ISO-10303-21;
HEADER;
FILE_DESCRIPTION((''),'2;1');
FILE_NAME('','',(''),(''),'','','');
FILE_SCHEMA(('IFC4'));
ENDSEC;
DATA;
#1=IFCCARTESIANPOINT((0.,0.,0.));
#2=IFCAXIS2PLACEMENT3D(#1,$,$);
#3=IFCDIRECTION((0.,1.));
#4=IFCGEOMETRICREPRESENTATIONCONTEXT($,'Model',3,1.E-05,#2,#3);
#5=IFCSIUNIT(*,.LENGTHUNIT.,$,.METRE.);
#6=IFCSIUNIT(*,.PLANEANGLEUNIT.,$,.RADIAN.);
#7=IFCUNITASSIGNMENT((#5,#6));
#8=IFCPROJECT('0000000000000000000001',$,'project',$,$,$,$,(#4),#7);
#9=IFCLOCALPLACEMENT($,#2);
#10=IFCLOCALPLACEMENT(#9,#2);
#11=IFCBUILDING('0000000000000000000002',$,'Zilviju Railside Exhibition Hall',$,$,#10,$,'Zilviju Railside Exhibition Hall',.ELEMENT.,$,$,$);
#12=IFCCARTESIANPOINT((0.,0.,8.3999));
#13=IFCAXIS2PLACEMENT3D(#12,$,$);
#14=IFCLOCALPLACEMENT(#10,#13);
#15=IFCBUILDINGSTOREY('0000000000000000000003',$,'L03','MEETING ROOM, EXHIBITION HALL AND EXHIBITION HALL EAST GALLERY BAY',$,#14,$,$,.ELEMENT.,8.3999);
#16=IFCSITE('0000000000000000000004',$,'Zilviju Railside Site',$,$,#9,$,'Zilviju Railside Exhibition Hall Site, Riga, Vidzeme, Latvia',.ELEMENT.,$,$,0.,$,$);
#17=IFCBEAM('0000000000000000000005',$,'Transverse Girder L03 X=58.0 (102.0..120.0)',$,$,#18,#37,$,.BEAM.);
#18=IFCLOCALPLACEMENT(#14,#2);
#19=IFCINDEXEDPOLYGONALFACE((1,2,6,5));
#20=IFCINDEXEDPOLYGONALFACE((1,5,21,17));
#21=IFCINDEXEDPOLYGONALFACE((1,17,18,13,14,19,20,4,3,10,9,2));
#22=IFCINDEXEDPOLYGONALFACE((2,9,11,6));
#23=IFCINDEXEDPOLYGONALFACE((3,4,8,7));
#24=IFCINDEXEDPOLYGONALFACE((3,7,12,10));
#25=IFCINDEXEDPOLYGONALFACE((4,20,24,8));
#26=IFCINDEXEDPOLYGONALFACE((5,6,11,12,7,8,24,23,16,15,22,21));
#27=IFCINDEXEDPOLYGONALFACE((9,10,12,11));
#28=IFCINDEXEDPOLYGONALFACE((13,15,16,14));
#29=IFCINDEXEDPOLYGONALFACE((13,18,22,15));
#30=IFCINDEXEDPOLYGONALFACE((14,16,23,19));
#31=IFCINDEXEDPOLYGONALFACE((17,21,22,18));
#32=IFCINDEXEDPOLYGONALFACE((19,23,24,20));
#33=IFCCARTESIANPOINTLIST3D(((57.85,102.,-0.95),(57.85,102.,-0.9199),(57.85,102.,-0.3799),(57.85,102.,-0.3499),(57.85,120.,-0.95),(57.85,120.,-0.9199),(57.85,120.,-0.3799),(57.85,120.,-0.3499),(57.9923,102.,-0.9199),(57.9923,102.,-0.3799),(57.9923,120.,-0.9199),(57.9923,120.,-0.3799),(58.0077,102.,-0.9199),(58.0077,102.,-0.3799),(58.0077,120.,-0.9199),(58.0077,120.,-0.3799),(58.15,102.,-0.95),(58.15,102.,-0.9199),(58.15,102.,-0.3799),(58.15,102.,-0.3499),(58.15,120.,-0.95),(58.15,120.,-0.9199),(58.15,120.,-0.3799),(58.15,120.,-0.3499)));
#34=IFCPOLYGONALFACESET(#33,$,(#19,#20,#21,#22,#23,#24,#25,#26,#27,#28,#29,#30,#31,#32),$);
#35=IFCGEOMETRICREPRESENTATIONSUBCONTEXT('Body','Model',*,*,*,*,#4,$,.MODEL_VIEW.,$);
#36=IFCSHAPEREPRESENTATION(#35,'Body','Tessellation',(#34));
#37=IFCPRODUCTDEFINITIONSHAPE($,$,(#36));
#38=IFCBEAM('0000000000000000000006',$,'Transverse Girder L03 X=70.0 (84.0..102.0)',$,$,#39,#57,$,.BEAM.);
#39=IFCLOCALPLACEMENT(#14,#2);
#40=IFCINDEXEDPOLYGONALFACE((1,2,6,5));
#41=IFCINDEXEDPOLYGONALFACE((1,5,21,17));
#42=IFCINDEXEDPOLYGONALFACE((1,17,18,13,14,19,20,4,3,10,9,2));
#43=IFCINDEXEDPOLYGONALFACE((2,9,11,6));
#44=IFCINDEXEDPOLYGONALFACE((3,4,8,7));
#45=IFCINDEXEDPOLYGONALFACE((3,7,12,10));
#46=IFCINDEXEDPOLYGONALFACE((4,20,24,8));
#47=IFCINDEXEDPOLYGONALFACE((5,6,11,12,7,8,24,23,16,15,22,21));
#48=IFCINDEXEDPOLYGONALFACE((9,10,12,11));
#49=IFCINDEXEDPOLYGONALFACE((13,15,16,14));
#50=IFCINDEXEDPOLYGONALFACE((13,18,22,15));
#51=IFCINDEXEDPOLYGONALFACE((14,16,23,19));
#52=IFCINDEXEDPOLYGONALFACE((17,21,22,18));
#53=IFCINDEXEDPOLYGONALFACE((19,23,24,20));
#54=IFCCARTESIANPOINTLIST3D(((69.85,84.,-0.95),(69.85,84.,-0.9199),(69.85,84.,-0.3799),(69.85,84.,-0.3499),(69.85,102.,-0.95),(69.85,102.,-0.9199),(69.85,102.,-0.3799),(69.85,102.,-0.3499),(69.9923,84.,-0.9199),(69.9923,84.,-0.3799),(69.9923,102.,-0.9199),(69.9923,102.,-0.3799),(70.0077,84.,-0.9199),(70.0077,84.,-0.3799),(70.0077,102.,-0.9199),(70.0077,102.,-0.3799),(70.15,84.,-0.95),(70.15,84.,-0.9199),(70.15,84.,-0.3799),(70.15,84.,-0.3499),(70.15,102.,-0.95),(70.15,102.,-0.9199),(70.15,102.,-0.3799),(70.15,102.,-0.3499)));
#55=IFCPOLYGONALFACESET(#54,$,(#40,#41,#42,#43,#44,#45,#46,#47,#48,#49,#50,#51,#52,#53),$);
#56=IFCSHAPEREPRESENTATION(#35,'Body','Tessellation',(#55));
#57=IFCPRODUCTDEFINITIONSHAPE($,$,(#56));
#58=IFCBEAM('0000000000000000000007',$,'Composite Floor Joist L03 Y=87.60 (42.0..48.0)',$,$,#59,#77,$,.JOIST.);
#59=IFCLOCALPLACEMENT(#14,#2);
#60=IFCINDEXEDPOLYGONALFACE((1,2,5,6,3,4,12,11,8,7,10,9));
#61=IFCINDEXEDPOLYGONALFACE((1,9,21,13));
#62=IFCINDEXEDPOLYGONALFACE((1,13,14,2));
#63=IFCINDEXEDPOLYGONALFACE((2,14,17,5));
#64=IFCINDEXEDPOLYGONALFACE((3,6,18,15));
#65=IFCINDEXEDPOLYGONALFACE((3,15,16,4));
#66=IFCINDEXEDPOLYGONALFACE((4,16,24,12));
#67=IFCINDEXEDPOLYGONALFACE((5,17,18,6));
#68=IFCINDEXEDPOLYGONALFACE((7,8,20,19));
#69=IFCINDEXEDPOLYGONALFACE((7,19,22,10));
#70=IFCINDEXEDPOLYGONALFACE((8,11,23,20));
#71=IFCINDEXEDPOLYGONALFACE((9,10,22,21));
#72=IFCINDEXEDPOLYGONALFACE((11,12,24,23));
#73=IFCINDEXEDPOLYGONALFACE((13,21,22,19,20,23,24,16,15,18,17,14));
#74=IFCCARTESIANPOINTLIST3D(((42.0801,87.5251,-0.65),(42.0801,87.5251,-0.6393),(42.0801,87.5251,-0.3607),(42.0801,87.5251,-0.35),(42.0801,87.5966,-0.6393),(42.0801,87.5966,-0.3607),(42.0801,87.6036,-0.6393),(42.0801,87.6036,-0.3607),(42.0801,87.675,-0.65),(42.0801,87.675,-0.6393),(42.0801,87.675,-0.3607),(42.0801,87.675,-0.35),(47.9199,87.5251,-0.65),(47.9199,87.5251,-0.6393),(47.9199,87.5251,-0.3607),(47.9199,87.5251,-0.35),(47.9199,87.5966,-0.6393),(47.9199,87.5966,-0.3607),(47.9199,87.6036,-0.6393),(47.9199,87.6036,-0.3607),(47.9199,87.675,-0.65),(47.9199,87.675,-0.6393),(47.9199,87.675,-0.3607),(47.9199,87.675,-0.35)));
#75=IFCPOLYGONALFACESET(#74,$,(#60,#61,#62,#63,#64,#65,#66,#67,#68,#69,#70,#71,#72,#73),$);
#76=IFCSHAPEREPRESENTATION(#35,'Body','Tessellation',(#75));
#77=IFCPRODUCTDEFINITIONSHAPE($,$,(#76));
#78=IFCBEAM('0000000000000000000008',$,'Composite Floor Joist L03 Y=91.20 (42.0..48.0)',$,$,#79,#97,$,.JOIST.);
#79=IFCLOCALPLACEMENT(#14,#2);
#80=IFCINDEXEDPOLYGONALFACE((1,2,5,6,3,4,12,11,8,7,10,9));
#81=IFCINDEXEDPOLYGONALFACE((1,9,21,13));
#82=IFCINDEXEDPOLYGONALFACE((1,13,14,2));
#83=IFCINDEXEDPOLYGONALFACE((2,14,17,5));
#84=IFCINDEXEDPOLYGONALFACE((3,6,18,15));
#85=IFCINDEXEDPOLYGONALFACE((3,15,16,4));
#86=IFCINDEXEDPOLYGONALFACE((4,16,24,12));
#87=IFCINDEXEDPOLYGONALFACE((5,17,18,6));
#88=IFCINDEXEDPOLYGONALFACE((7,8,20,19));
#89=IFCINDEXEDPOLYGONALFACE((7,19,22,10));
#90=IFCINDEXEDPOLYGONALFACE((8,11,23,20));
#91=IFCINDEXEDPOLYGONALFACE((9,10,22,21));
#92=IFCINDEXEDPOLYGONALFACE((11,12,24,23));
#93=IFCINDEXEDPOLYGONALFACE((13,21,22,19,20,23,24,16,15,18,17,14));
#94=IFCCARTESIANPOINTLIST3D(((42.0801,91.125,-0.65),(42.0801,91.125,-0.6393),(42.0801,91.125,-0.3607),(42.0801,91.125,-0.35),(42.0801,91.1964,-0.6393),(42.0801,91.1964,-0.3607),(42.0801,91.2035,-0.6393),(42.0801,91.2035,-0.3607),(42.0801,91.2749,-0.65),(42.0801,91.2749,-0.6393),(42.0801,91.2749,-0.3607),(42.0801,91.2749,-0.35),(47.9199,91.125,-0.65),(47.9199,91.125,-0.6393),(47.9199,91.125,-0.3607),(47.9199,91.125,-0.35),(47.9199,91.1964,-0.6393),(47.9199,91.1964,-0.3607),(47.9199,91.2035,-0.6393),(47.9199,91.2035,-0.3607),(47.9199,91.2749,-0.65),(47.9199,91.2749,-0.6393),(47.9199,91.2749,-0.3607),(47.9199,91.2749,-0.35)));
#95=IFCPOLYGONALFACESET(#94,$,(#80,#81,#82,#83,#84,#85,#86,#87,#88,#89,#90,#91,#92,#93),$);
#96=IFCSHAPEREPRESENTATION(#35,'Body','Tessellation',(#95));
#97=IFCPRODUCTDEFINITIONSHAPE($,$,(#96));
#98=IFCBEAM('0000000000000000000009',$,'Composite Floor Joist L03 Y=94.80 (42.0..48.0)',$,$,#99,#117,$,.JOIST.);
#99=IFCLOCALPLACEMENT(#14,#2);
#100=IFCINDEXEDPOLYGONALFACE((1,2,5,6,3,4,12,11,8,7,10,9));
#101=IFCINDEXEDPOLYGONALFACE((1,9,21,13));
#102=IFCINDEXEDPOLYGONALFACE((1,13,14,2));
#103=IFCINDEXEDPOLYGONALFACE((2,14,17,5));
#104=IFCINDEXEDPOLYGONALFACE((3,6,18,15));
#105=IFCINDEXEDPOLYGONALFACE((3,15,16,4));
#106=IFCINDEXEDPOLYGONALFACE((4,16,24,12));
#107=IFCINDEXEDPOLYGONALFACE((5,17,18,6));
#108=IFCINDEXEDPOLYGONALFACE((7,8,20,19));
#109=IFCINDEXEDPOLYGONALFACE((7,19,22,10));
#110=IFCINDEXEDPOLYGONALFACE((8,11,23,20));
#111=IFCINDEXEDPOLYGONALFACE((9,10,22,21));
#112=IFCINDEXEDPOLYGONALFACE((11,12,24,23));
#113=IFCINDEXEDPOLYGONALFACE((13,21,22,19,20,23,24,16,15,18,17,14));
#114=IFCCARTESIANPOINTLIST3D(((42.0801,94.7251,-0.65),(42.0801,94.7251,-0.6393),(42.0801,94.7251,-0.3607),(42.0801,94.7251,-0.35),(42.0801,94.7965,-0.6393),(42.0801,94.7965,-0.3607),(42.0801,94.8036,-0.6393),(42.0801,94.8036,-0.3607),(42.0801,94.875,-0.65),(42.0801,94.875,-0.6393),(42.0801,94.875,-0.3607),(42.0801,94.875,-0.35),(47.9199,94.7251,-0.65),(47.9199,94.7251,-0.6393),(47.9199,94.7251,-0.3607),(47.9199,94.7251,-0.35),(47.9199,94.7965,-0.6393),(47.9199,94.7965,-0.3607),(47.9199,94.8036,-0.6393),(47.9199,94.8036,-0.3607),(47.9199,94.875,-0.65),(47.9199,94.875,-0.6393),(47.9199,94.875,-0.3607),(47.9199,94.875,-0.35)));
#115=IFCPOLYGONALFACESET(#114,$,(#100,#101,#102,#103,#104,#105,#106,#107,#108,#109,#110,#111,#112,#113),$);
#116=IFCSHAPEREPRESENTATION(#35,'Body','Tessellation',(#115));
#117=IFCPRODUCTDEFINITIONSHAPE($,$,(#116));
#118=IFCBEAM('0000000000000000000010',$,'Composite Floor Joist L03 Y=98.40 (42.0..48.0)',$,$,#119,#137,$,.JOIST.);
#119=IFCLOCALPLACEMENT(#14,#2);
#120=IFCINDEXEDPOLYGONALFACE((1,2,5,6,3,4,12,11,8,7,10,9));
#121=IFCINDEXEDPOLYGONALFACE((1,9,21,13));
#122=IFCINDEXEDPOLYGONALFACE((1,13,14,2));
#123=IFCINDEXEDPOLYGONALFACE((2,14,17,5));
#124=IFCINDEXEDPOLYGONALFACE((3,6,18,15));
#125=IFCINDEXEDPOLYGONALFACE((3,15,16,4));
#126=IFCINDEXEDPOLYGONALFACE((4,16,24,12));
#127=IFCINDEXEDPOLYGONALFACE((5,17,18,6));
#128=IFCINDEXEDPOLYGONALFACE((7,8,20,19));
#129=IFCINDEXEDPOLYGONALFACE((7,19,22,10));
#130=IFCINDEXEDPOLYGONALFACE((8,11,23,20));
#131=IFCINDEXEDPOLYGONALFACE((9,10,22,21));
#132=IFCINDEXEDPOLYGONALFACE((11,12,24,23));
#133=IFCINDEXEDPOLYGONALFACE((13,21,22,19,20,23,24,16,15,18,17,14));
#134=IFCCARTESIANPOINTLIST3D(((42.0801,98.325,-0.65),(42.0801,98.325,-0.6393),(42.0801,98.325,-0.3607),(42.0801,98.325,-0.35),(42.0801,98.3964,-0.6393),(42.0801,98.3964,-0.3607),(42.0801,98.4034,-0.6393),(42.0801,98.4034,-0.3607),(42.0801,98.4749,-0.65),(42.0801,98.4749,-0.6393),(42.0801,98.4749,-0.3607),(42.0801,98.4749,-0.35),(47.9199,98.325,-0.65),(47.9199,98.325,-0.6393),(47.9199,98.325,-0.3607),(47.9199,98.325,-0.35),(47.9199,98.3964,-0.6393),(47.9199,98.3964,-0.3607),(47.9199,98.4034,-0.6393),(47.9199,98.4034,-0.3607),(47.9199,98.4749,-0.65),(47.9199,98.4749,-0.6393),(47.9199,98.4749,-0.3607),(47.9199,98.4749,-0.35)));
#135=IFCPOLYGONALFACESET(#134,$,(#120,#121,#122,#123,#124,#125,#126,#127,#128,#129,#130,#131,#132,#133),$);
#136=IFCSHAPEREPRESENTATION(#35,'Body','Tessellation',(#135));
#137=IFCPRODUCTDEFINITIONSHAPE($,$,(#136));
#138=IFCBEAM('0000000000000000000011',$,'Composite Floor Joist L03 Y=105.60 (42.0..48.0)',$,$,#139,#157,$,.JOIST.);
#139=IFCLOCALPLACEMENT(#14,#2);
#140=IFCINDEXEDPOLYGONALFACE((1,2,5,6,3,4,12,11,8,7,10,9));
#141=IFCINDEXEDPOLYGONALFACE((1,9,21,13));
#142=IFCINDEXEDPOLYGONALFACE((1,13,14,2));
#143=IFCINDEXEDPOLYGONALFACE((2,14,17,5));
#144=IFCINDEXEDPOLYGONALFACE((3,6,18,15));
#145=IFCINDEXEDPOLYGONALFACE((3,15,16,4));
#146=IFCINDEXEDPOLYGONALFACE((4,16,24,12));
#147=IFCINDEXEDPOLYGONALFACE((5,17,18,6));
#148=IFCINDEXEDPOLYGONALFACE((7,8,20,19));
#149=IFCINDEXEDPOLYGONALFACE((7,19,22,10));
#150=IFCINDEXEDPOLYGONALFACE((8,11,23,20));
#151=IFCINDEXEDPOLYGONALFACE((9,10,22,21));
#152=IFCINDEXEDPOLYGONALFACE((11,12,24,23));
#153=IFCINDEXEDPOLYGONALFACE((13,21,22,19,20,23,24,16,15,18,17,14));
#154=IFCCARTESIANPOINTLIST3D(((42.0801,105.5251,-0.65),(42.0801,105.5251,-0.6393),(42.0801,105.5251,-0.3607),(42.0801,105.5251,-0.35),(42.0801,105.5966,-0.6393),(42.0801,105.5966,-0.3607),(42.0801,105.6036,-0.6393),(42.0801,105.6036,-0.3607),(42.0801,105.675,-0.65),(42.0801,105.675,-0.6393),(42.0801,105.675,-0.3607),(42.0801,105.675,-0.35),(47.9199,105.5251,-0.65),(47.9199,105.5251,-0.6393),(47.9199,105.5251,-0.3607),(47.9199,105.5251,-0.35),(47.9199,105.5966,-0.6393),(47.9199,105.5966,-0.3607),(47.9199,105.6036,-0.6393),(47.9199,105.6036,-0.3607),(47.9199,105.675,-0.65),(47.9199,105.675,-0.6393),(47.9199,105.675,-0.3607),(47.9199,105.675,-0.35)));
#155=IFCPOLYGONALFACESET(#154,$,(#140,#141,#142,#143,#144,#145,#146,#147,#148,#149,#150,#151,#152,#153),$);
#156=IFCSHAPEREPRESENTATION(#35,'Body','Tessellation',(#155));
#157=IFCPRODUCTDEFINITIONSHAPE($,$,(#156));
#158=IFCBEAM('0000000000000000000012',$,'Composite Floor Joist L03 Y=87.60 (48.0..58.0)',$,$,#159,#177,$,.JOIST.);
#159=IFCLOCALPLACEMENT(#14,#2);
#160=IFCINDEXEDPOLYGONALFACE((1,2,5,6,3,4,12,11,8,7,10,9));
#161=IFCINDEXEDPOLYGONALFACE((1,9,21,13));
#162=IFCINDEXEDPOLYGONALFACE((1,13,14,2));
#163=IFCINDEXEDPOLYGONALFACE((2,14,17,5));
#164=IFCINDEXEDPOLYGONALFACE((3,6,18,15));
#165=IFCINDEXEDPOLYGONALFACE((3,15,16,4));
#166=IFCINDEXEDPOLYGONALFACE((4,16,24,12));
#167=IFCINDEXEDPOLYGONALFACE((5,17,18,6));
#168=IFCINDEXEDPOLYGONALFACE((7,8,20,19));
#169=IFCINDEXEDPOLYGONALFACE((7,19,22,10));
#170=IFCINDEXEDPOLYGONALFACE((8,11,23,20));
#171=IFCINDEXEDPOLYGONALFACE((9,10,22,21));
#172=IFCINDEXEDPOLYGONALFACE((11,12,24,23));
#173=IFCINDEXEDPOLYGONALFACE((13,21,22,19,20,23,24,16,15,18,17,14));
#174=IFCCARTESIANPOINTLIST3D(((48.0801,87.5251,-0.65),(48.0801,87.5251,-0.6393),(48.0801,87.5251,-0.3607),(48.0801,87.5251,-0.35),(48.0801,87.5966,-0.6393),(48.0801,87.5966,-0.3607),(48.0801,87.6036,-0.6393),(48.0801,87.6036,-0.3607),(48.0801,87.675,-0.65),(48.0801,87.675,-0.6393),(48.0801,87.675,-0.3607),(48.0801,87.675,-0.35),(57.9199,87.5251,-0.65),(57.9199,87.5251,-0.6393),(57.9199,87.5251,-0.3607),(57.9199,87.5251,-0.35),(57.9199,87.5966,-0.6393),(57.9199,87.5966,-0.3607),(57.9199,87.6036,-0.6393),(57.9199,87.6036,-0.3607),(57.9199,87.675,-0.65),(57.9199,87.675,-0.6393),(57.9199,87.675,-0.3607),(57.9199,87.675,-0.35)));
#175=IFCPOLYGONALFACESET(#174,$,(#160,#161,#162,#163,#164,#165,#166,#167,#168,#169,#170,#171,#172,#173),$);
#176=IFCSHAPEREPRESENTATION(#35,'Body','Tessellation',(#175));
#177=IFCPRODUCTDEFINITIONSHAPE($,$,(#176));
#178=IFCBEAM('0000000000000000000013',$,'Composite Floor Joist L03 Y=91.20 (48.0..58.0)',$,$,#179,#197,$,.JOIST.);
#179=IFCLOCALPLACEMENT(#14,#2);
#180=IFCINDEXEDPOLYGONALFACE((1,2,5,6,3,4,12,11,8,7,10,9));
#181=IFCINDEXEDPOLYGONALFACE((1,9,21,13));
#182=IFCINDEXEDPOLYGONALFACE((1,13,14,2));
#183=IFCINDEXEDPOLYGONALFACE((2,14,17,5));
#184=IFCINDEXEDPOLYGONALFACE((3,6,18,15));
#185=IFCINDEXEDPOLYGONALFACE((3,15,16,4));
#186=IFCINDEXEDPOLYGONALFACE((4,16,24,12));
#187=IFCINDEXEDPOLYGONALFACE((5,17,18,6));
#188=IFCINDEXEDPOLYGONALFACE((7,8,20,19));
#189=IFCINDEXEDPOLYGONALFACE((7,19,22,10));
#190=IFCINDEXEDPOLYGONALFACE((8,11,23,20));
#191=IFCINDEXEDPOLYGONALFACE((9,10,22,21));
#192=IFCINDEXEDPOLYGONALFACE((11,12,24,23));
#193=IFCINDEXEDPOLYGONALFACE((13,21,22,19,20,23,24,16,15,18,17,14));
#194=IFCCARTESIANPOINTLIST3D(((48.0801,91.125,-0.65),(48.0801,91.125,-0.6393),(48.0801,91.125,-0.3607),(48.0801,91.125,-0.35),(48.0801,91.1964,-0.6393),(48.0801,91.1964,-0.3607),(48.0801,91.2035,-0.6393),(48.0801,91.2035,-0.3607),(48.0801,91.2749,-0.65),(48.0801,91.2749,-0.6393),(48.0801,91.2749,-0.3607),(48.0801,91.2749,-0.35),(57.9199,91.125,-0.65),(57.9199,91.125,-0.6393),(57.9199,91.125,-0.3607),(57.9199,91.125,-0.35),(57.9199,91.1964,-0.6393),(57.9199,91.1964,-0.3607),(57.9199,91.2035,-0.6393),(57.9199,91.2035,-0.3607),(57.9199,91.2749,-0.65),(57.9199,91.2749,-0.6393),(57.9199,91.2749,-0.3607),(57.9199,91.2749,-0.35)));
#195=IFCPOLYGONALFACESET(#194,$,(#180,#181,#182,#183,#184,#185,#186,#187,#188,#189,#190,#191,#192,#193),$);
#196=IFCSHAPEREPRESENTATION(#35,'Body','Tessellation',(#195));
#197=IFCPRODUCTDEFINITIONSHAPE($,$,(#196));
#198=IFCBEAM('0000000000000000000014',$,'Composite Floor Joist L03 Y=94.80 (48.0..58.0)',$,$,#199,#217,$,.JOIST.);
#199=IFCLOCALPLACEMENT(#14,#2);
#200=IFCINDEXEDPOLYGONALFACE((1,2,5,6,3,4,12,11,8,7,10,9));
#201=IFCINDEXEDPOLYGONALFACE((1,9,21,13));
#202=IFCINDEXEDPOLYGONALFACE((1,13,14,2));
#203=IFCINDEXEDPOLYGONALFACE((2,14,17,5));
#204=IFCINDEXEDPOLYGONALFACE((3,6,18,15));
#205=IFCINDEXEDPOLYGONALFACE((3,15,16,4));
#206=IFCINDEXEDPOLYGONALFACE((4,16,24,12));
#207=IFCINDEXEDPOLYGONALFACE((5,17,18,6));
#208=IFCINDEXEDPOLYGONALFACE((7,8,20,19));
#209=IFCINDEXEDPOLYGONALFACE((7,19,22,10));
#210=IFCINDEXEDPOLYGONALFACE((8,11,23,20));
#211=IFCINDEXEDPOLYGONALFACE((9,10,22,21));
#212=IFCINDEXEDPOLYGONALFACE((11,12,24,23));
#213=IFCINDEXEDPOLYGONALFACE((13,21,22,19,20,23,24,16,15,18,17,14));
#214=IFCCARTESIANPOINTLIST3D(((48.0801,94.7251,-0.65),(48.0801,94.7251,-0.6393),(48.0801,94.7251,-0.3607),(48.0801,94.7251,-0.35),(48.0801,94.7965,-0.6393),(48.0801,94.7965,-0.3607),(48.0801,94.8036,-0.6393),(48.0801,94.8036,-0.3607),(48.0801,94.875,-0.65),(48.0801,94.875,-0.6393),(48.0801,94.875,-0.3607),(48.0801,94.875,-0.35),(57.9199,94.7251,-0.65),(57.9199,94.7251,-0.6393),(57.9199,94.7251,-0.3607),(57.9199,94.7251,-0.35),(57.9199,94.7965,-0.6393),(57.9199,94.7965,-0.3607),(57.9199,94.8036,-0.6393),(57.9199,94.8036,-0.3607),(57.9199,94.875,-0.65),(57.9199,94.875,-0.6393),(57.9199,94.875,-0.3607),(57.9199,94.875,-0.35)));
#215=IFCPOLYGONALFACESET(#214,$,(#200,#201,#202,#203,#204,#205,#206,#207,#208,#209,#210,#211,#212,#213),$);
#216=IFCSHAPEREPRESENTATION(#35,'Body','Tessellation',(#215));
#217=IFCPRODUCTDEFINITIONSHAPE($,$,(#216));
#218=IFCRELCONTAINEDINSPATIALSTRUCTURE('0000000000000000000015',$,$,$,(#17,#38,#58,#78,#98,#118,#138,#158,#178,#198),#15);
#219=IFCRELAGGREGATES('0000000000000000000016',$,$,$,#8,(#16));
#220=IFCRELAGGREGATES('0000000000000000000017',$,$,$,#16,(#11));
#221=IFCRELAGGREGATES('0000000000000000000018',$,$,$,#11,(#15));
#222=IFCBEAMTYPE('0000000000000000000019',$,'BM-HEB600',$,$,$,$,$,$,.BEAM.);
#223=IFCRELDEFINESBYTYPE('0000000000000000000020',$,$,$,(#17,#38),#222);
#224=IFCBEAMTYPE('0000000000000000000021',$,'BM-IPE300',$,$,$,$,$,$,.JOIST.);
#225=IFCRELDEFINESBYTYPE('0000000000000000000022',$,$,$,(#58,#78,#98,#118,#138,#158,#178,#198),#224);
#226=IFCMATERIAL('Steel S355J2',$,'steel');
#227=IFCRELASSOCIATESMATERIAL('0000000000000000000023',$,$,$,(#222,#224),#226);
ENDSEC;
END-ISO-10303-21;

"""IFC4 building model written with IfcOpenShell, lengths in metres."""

from ifc_helpers import new_model, si_unit, direction, frame, origin, origin_2d, place, context, subcontext, project, spatial, i_section, extrude, material, material_profile, profile_set, type_object, element, save


model = new_model("IFC4")

# Units and contexts
model_context = context("Model", 3, precision=1e-05, world=origin(), true_north=direction((0.0, 1.0)))
body_context = subcontext(model_context, "Body", "Model", "MODEL_VIEW")
ifc_project = project(units=[si_unit("LENGTHUNIT", "METRE"), si_unit("PLANEANGLEUNIT", "RADIAN")], contexts=[model_context])

# Site, building, storey
site_placement = place(None, origin())
site = spatial("IfcSite", under=ifc_project, at=site_placement, Name="Zilviju Railside Site", LongName="Zilviju Railside Exhibition Hall Site, Riga, Vidzeme, Latvia", CompositionType="ELEMENT", RefElevation=0.0)
building_placement = place(site_placement, origin())
building = spatial("IfcBuilding", under=site, at=building_placement, Name="Zilviju Railside Exhibition Hall", LongName="Zilviju Railside Exhibition Hall", CompositionType="ELEMENT")
storey_placement = place(building_placement, frame((0.0, 0.0, 8.3999)))
storey = spatial("IfcBuildingStorey", under=building, at=storey_placement, Name="L03", Description="MEETING ROOM, EXHIBITION HALL AND EXHIBITION HALL EAST GALLERY BAY", CompositionType="ELEMENT", Elevation=8.3999)

# Shared definitions
ifc_material_1 = material(Name="Steel S355J2", Category="steel")

# Beams
ifc_material_profile_1 = material_profile(ifc_material_1, i_section(OverallWidth=0.3, OverallDepth=0.6001, WebThickness=0.0154, FlangeThickness=0.03, at=origin_2d()), Name="HEB 600")
ifc_profile_set_1 = profile_set([ifc_material_profile_1], Name="Steel S355J2")
beam_type_1 = type_object("IfcBeamType", Name="BM-HEB600", PredefinedType="BEAM", material=ifc_profile_set_1)
for number, where, z_axis, x_axis, name in (
    (1, (58.0, 102.0, -0.6499), (0.0, 1.0, 0.0), (-1.0, 0.0, 0.0), "Transverse Girder L03 X=58.0 (102.0..120.0)"),
    (2, (70.0, 84.0, -0.6499), (0.0, 1.0, 0.0), (-1.0, 0.0, 0.0), "Transverse Girder L03 X=70.0 (84.0..102.0)"),
):
    element("IfcBeam", number, at=place(storey_placement, frame(where, z_axis=z_axis, x_axis=x_axis)), inside=storey, type_object=beam_type_1, Name=name, PredefinedType="BEAM", context=body_context, shape_type="SweptSolid", body=[
        extrude(i_section(OverallWidth=0.3, OverallDepth=0.6001, WebThickness=0.0154, FlangeThickness=0.03, at=origin_2d()), origin(), (0.0, 0.0, 1.0), 18.0),
    ])
ifc_material_profile_2 = material_profile(ifc_material_1, i_section(OverallWidth=0.1499, OverallDepth=0.3, WebThickness=0.0071, FlangeThickness=0.0107, at=origin_2d()), Name="IPE 300")
ifc_profile_set_2 = profile_set([ifc_material_profile_2], Name="Steel S355J2")
beam_type_2 = type_object("IfcBeamType", Name="BM-IPE300", PredefinedType="JOIST", material=ifc_profile_set_2)
for number, where, z_axis, x_axis, name in (
    (3, (42.0801, 87.6001, -0.5), (1.0, 0.0, 0.0), (0.0, 1.0, 0.0), "Composite Floor Joist L03 Y=87.60 (42.0..48.0)"),
    (4, (42.0801, 91.2, -0.5), (1.0, 0.0, 0.0), (0.0, 1.0, 0.0), "Composite Floor Joist L03 Y=91.20 (42.0..48.0)"),
    (5, (42.0801, 94.8, -0.5), (1.0, 0.0, 0.0), (0.0, 1.0, 0.0), "Composite Floor Joist L03 Y=94.80 (42.0..48.0)"),
    (6, (42.0801, 98.3999, -0.5), (1.0, 0.0, 0.0), (0.0, 1.0, 0.0), "Composite Floor Joist L03 Y=98.40 (42.0..48.0)"),
    (7, (42.0801, 105.6001, -0.5), (1.0, 0.0, 0.0), (0.0, 1.0, 0.0), "Composite Floor Joist L03 Y=105.60 (42.0..48.0)"),
):
    element("IfcBeam", number, at=place(storey_placement, frame(where, z_axis=z_axis, x_axis=x_axis)), inside=storey, type_object=beam_type_2, Name=name, PredefinedType="JOIST", context=body_context, shape_type="SweptSolid", body=[
        extrude(i_section(OverallWidth=0.1499, OverallDepth=0.3, WebThickness=0.0071, FlangeThickness=0.0107, at=origin_2d()), origin(), (0.0, 0.0, 1.0), 5.8398),
    ])
for number, where, z_axis, x_axis, name in (
    (8, (48.0801, 87.6001, -0.5), (1.0, 0.0, 0.0), (0.0, 1.0, 0.0), "Composite Floor Joist L03 Y=87.60 (48.0..58.0)"),
    (9, (48.0801, 91.2, -0.5), (1.0, 0.0, 0.0), (0.0, 1.0, 0.0), "Composite Floor Joist L03 Y=91.20 (48.0..58.0)"),
    (10, (48.0801, 94.8, -0.5), (1.0, 0.0, 0.0), (0.0, 1.0, 0.0), "Composite Floor Joist L03 Y=94.80 (48.0..58.0)"),
):
    element("IfcBeam", number, at=place(storey_placement, frame(where, z_axis=z_axis, x_axis=x_axis)), inside=storey, type_object=beam_type_2, Name=name, PredefinedType="JOIST", context=body_context, shape_type="SweptSolid", body=[
        extrude(i_section(OverallWidth=0.1499, OverallDepth=0.3, WebThickness=0.0071, FlangeThickness=0.0107, at=origin_2d()), origin(), (0.0, 0.0, 1.0), 9.8398),
    ])

save(model, "model.ifc")
